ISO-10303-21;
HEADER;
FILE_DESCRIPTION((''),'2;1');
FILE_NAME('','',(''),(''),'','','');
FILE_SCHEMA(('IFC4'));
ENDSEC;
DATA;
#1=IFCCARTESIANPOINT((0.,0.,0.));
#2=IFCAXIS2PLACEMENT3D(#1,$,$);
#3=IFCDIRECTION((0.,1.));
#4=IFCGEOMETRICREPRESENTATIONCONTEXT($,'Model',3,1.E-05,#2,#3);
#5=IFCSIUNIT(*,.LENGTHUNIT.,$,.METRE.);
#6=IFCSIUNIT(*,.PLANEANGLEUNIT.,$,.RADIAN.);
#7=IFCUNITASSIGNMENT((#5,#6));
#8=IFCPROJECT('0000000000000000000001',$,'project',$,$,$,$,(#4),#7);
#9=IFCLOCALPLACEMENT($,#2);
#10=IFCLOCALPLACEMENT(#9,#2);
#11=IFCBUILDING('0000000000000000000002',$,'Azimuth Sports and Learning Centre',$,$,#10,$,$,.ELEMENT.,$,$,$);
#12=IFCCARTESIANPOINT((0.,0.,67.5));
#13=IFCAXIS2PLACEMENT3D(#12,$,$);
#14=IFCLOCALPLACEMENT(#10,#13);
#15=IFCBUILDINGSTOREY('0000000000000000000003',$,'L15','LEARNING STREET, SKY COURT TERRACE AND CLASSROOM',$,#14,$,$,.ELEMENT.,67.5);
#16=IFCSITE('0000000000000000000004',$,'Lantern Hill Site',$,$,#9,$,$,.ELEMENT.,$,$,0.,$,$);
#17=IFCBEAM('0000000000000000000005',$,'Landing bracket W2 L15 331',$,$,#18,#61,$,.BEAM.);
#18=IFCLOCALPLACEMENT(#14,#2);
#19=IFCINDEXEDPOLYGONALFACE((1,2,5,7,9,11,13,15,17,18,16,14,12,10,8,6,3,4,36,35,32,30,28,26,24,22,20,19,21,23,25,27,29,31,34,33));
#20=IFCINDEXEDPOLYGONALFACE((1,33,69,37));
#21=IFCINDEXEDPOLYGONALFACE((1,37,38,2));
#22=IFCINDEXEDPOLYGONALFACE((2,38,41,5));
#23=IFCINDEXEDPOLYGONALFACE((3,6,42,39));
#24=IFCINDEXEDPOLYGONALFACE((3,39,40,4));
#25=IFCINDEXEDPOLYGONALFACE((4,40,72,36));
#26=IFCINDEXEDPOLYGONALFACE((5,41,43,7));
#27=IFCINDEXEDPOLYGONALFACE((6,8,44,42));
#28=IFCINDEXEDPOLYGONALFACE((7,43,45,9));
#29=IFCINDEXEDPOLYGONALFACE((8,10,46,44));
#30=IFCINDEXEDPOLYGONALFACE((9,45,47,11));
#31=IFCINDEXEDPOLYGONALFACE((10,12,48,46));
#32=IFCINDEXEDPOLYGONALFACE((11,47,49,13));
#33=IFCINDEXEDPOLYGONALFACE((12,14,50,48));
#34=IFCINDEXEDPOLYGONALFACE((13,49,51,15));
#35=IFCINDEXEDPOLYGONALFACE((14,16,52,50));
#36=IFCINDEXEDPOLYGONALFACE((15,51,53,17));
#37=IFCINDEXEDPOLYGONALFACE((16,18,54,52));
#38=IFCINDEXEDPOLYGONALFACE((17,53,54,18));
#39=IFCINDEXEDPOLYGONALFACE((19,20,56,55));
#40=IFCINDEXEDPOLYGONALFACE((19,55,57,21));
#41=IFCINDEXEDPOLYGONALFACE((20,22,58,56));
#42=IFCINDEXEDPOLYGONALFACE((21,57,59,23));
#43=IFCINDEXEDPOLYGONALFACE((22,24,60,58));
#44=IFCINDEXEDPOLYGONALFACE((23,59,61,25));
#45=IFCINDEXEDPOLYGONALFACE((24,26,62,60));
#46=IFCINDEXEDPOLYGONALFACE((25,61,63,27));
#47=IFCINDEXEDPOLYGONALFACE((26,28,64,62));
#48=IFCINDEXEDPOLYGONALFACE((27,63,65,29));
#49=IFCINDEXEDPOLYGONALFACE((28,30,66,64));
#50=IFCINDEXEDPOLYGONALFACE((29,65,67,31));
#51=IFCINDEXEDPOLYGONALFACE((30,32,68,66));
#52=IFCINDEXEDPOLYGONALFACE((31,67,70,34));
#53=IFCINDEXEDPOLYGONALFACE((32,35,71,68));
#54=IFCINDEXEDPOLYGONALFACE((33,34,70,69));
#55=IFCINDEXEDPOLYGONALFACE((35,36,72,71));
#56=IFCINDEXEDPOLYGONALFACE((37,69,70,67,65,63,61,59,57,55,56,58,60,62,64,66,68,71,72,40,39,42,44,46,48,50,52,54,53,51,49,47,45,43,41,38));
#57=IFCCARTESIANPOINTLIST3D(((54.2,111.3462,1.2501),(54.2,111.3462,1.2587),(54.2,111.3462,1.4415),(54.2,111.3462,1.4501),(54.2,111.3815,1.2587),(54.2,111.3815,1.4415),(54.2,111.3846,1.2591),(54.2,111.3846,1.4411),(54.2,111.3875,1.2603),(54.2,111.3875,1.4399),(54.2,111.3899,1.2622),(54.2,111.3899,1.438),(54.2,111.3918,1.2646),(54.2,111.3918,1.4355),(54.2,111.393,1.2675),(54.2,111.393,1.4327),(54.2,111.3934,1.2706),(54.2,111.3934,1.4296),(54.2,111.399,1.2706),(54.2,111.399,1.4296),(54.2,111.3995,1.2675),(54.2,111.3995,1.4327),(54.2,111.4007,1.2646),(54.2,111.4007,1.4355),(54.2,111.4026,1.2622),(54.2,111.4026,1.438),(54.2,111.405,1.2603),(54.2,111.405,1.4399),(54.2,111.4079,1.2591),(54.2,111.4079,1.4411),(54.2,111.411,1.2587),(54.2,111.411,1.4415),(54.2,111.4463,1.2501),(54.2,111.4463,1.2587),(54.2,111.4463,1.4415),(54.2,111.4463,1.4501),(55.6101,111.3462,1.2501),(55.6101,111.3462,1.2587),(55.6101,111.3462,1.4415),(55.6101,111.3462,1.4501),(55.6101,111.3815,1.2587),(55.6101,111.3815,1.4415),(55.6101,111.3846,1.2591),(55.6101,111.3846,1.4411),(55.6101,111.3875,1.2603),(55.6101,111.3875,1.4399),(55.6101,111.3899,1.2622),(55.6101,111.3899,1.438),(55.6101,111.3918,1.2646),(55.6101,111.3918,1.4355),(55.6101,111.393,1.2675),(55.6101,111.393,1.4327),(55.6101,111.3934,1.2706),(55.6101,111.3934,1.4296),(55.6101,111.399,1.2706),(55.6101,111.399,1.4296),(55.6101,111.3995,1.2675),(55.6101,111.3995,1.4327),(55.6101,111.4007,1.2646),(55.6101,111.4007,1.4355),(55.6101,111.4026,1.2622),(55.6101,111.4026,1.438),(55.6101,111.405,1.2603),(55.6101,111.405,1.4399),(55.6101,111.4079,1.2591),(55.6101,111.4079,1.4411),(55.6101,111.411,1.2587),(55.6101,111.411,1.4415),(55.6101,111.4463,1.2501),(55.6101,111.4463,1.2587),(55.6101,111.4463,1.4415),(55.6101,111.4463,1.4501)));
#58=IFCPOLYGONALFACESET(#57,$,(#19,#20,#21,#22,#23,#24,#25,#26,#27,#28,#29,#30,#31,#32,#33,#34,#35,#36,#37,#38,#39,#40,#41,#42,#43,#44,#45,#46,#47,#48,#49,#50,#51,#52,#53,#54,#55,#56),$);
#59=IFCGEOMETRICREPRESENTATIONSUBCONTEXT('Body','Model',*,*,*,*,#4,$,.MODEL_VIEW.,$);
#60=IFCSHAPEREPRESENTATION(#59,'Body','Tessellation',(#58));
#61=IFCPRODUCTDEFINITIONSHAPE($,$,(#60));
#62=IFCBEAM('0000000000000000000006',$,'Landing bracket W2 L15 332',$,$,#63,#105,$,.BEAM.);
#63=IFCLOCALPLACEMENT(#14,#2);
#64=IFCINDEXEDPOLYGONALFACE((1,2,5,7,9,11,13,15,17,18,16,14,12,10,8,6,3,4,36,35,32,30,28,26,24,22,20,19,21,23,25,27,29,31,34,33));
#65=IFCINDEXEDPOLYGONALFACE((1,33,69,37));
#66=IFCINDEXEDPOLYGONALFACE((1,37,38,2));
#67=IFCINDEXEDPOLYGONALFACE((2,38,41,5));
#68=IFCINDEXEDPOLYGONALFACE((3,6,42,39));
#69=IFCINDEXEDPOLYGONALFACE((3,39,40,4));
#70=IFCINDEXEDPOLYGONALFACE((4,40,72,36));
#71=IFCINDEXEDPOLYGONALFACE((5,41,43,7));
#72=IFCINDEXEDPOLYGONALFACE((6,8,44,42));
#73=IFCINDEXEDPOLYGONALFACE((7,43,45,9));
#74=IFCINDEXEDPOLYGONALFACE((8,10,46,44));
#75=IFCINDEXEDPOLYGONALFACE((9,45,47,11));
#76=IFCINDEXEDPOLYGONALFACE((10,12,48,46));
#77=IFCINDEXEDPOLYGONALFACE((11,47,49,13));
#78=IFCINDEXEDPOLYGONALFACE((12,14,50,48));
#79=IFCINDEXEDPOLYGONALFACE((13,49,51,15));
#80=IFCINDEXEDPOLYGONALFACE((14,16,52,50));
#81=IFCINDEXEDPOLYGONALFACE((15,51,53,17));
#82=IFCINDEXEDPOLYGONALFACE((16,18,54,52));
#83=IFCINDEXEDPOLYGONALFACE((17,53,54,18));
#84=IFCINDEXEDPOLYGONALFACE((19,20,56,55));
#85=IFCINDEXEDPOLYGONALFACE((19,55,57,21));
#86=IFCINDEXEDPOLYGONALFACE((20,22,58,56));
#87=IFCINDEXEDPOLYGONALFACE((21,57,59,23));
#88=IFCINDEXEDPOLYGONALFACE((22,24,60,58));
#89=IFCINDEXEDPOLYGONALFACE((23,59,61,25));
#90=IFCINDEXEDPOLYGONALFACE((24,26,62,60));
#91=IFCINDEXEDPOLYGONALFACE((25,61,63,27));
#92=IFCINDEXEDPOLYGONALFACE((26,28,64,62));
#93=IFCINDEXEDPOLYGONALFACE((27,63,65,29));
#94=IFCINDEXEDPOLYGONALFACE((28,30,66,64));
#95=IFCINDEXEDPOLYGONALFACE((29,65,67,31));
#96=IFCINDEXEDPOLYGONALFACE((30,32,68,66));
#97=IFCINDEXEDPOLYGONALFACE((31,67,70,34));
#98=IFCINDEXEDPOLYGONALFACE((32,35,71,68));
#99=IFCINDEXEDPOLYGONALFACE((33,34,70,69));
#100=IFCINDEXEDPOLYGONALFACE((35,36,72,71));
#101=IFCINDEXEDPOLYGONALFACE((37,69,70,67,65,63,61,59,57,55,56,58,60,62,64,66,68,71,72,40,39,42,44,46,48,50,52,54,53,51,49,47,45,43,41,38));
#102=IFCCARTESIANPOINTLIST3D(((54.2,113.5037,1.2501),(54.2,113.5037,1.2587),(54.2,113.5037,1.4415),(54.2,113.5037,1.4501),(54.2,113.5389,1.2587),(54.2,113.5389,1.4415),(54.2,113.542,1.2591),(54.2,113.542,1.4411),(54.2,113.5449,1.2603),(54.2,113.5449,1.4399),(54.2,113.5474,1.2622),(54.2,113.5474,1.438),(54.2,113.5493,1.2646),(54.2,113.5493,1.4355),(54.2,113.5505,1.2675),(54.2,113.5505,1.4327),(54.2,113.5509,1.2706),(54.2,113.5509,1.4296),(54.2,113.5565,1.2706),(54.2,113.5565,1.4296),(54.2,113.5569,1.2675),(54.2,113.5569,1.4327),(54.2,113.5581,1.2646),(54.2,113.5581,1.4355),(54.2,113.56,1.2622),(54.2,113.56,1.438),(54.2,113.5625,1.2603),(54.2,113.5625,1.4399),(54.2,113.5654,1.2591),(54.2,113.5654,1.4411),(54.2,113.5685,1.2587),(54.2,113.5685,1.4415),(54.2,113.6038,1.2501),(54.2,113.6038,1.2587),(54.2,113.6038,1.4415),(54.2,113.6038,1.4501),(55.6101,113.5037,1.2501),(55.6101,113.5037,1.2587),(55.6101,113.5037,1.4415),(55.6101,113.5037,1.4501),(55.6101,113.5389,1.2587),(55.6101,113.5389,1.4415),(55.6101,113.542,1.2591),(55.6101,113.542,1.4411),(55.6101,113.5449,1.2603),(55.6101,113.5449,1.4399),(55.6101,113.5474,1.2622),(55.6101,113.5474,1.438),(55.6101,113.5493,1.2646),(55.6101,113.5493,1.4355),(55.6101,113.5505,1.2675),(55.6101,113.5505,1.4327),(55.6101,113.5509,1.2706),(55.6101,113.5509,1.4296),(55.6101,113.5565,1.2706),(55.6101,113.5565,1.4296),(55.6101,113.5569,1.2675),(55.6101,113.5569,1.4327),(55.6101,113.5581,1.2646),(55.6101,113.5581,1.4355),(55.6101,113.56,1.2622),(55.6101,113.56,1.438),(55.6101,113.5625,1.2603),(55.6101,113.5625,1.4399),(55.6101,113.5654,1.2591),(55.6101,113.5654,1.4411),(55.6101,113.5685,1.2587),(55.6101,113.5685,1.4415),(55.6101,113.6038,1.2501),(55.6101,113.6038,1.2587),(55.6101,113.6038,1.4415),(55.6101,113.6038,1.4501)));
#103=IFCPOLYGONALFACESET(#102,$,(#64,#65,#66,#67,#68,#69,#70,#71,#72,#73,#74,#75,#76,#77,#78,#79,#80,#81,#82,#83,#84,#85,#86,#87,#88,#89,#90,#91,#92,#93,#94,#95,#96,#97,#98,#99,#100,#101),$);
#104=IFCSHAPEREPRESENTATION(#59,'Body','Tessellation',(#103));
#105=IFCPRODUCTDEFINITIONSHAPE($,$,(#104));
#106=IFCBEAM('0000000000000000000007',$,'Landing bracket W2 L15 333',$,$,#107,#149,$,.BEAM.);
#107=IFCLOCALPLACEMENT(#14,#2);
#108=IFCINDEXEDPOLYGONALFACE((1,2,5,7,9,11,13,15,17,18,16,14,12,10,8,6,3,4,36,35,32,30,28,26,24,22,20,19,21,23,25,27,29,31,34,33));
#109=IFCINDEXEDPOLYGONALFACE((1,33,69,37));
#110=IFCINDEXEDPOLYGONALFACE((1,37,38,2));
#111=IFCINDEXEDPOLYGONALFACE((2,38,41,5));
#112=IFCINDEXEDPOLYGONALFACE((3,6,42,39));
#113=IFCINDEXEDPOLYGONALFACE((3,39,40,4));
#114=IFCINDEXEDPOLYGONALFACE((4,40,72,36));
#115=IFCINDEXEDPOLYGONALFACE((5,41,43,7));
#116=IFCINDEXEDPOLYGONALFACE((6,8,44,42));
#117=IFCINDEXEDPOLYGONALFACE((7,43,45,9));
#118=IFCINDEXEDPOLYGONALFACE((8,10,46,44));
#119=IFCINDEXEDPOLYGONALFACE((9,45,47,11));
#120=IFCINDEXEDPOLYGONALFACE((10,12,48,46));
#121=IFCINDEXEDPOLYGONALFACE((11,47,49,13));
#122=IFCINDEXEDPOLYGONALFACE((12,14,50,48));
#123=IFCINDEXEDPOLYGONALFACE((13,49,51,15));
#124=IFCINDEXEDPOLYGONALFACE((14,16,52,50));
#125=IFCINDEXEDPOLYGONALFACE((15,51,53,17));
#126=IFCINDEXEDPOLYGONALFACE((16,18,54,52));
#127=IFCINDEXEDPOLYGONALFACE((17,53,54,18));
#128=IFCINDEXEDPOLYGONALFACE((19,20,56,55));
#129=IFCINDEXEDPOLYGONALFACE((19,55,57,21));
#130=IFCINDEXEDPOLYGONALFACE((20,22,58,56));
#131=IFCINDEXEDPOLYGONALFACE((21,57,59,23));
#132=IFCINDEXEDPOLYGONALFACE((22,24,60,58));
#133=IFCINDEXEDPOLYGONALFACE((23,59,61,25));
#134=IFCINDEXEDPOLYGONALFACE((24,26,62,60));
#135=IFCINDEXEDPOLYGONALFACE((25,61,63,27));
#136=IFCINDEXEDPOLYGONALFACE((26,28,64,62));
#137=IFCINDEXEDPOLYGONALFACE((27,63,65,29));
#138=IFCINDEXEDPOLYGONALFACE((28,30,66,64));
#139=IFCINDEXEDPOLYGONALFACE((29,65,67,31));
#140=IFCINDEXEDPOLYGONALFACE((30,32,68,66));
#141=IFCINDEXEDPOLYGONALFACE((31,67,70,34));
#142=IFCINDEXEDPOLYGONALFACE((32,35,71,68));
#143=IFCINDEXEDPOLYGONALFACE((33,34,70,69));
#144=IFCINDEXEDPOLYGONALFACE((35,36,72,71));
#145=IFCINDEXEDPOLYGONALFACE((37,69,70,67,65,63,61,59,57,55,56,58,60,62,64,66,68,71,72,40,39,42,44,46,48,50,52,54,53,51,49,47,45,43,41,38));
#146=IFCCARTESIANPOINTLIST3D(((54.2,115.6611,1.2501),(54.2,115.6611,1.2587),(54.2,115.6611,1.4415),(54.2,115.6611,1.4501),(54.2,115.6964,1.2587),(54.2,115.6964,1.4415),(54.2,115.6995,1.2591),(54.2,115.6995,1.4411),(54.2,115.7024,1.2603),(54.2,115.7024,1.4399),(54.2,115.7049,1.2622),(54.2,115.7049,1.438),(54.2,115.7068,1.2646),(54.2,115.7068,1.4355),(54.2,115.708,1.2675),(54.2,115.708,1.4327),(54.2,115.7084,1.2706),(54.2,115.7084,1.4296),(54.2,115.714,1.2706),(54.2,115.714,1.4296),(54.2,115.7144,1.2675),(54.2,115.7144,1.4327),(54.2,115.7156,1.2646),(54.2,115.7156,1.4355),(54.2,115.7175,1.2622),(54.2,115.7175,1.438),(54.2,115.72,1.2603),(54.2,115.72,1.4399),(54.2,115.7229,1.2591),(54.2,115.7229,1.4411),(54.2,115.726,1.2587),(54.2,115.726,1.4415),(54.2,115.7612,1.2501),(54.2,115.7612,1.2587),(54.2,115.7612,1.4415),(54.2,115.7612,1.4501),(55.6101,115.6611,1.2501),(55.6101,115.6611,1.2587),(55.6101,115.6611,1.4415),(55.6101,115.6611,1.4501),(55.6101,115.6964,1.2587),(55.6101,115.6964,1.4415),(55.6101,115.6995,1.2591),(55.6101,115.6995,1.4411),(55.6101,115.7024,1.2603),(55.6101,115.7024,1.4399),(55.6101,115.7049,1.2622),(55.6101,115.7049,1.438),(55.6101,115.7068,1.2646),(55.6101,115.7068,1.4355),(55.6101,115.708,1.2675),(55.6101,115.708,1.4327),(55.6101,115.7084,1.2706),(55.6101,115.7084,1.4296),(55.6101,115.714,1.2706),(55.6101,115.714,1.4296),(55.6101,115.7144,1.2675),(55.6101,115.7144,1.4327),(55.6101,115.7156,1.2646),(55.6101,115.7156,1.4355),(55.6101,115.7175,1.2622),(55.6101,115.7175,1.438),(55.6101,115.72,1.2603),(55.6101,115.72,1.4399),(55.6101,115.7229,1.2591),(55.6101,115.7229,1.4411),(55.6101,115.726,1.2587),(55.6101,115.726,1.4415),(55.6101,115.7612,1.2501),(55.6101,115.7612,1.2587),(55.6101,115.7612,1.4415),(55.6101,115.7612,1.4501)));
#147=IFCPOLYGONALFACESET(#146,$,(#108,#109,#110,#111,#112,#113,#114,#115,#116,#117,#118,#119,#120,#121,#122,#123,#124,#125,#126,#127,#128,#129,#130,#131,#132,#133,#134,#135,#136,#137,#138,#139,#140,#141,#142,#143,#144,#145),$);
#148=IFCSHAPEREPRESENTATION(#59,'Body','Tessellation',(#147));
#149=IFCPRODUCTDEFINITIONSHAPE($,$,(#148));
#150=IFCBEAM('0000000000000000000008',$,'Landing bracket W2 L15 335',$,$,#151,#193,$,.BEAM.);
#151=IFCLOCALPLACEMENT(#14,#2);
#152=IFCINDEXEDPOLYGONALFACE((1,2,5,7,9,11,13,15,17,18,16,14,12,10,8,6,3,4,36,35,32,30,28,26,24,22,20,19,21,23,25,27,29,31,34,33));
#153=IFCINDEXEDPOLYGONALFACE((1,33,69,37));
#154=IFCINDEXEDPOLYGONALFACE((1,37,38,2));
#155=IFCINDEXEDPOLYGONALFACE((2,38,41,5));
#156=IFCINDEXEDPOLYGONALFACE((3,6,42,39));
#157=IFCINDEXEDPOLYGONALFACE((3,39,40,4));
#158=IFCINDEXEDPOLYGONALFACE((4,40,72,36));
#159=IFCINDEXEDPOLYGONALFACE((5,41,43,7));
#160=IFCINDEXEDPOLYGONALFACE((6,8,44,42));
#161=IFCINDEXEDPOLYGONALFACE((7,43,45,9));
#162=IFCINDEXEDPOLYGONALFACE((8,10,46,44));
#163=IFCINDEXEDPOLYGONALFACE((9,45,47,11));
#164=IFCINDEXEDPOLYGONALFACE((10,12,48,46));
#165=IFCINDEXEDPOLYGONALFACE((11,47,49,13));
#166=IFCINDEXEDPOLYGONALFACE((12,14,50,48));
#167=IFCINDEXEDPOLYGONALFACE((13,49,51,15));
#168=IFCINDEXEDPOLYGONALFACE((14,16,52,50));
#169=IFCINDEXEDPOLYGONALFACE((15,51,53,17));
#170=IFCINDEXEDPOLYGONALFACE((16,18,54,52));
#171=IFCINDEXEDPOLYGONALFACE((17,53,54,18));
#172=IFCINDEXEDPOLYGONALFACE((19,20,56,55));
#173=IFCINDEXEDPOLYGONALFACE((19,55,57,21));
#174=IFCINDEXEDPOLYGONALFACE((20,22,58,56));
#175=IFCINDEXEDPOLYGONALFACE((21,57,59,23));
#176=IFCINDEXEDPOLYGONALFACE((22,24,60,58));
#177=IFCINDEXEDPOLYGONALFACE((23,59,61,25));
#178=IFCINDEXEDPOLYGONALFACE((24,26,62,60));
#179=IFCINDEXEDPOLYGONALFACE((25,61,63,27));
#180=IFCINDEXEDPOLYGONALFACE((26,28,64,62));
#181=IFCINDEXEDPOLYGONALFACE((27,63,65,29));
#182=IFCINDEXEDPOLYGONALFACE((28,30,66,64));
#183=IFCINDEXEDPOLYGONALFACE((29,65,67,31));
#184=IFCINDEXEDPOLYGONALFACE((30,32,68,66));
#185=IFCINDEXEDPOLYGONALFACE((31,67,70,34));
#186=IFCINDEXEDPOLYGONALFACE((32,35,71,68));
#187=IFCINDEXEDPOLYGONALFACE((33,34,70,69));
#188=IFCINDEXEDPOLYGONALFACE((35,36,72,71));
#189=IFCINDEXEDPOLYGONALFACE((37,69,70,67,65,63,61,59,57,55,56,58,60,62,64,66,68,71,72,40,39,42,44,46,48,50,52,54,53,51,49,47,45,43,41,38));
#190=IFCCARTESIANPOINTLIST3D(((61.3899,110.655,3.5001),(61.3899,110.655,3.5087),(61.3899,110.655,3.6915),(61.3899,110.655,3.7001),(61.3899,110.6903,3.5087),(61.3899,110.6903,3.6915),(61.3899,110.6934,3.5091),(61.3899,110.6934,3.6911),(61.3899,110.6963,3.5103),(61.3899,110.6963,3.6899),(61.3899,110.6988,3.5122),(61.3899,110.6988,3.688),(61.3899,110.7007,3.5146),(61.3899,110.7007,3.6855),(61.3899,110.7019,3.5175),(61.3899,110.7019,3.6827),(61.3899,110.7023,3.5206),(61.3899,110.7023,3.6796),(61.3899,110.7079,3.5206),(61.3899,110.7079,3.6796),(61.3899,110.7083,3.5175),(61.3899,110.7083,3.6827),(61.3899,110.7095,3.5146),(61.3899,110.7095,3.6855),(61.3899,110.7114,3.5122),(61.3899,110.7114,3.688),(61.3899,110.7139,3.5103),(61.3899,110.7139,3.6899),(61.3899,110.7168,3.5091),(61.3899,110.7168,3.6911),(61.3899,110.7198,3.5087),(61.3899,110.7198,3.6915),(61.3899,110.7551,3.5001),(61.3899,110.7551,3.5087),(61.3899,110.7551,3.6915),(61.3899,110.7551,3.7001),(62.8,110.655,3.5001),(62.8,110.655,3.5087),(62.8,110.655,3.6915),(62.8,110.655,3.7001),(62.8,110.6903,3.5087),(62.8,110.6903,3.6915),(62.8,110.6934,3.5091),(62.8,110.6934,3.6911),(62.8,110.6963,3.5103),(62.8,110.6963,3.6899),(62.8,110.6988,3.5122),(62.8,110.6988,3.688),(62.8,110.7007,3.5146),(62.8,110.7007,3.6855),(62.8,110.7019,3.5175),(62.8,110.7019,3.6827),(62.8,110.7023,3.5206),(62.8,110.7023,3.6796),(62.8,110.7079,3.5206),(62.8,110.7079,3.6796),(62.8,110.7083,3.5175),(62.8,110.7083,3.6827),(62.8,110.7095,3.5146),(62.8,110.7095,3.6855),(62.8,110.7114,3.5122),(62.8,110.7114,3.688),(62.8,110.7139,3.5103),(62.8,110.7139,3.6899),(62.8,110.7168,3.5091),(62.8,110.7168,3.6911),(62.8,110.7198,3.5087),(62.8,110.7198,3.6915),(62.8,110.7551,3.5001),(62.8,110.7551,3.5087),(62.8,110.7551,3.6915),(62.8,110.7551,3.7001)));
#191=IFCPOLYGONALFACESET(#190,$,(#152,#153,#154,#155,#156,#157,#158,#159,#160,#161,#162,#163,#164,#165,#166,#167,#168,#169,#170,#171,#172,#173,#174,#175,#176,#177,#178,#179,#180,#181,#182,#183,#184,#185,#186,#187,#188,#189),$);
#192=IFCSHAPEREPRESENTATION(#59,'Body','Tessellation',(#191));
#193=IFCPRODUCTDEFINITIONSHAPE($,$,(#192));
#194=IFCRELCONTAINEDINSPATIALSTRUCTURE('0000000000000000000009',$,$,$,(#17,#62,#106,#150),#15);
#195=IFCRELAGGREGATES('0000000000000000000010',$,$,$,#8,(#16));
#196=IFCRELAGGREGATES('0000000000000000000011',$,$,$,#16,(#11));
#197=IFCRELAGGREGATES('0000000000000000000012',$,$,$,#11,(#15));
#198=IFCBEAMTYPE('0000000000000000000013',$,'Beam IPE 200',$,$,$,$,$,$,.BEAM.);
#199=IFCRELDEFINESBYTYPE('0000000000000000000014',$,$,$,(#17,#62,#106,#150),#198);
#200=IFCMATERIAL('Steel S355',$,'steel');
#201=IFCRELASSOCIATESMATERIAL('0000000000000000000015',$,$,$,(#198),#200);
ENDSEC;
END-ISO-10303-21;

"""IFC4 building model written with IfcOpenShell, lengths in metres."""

from ifc_helpers import new_model, si_unit, direction, frame, origin, origin_2d, place, context, subcontext, project, spatial, i_section, extrude, material, material_profile, profile_set, type_object, element, save


model = new_model("IFC4")

# Units and contexts
model_context = context("Model", 3, precision=1e-05, world=origin(), true_north=direction((0.0, 1.0)))
body_context = subcontext(model_context, "Body", "Model", "MODEL_VIEW")
ifc_project = project(units=[si_unit("LENGTHUNIT", "METRE"), si_unit("PLANEANGLEUNIT", "RADIAN")], contexts=[model_context])

# Site, building, storey
site_placement = place(None, origin())
site = spatial("IfcSite", under=ifc_project, at=site_placement, Name="Lantern Hill Site", CompositionType="ELEMENT", RefElevation=0.0)
building_placement = place(site_placement, origin())
building = spatial("IfcBuilding", under=site, at=building_placement, Name="Azimuth Sports and Learning Centre", CompositionType="ELEMENT")
storey_placement = place(building_placement, frame((0.0, 0.0, 67.5)))
storey = spatial("IfcBuildingStorey", under=building, at=storey_placement, Name="L15", Description="LEARNING STREET, SKY COURT TERRACE AND CLASSROOM", CompositionType="ELEMENT", Elevation=67.5)

# Beams
ifc_material_1 = material(Name="Steel S355", Category="steel")
ifc_material_profile_1 = material_profile(ifc_material_1, i_section(OverallWidth=0.1001, OverallDepth=0.2, WebThickness=0.0056, FlangeThickness=0.0085, FilletRadius=0.012, at=origin_2d()), Name="IPE 200")
ifc_profile_set_1 = profile_set([ifc_material_profile_1], Name="Steel S355")
beam_type_1 = type_object("IfcBeamType", Name="Beam IPE 200", PredefinedType="BEAM", material=ifc_profile_set_1)
for number, where, z_axis, x_axis, name in (
    (1, (54.2, 111.3962, 1.3501), (1.0, 0.0, 0.0), (0.0, 1.0, 0.0), "Landing bracket W2 L15 331"),
    (2, (54.2, 113.5537, 1.3501), (1.0, 0.0, 0.0), (0.0, 1.0, 0.0), "Landing bracket W2 L15 332"),
    (3, (54.2, 115.7112, 1.3501), (1.0, 0.0, 0.0), (0.0, 1.0, 0.0), "Landing bracket W2 L15 333"),
    (4, (62.8, 110.7051, 3.6001), (-1.0, 0.0, 0.0), (0.0, -1.0, 0.0), "Landing bracket W2 L15 335"),
):
    element("IfcBeam", number, at=place(storey_placement, frame(where, z_axis=z_axis, x_axis=x_axis)), inside=storey, type_object=beam_type_1, Name=name, PredefinedType="BEAM", context=body_context, shape_type="SweptSolid", body=[
        extrude(i_section(OverallWidth=0.1001, OverallDepth=0.2, WebThickness=0.0056, FlangeThickness=0.0085, FilletRadius=0.012, at=origin_2d()), origin(), (0.0, 0.0, 1.0), 1.4102),
    ])

save(model, "model.ifc")
